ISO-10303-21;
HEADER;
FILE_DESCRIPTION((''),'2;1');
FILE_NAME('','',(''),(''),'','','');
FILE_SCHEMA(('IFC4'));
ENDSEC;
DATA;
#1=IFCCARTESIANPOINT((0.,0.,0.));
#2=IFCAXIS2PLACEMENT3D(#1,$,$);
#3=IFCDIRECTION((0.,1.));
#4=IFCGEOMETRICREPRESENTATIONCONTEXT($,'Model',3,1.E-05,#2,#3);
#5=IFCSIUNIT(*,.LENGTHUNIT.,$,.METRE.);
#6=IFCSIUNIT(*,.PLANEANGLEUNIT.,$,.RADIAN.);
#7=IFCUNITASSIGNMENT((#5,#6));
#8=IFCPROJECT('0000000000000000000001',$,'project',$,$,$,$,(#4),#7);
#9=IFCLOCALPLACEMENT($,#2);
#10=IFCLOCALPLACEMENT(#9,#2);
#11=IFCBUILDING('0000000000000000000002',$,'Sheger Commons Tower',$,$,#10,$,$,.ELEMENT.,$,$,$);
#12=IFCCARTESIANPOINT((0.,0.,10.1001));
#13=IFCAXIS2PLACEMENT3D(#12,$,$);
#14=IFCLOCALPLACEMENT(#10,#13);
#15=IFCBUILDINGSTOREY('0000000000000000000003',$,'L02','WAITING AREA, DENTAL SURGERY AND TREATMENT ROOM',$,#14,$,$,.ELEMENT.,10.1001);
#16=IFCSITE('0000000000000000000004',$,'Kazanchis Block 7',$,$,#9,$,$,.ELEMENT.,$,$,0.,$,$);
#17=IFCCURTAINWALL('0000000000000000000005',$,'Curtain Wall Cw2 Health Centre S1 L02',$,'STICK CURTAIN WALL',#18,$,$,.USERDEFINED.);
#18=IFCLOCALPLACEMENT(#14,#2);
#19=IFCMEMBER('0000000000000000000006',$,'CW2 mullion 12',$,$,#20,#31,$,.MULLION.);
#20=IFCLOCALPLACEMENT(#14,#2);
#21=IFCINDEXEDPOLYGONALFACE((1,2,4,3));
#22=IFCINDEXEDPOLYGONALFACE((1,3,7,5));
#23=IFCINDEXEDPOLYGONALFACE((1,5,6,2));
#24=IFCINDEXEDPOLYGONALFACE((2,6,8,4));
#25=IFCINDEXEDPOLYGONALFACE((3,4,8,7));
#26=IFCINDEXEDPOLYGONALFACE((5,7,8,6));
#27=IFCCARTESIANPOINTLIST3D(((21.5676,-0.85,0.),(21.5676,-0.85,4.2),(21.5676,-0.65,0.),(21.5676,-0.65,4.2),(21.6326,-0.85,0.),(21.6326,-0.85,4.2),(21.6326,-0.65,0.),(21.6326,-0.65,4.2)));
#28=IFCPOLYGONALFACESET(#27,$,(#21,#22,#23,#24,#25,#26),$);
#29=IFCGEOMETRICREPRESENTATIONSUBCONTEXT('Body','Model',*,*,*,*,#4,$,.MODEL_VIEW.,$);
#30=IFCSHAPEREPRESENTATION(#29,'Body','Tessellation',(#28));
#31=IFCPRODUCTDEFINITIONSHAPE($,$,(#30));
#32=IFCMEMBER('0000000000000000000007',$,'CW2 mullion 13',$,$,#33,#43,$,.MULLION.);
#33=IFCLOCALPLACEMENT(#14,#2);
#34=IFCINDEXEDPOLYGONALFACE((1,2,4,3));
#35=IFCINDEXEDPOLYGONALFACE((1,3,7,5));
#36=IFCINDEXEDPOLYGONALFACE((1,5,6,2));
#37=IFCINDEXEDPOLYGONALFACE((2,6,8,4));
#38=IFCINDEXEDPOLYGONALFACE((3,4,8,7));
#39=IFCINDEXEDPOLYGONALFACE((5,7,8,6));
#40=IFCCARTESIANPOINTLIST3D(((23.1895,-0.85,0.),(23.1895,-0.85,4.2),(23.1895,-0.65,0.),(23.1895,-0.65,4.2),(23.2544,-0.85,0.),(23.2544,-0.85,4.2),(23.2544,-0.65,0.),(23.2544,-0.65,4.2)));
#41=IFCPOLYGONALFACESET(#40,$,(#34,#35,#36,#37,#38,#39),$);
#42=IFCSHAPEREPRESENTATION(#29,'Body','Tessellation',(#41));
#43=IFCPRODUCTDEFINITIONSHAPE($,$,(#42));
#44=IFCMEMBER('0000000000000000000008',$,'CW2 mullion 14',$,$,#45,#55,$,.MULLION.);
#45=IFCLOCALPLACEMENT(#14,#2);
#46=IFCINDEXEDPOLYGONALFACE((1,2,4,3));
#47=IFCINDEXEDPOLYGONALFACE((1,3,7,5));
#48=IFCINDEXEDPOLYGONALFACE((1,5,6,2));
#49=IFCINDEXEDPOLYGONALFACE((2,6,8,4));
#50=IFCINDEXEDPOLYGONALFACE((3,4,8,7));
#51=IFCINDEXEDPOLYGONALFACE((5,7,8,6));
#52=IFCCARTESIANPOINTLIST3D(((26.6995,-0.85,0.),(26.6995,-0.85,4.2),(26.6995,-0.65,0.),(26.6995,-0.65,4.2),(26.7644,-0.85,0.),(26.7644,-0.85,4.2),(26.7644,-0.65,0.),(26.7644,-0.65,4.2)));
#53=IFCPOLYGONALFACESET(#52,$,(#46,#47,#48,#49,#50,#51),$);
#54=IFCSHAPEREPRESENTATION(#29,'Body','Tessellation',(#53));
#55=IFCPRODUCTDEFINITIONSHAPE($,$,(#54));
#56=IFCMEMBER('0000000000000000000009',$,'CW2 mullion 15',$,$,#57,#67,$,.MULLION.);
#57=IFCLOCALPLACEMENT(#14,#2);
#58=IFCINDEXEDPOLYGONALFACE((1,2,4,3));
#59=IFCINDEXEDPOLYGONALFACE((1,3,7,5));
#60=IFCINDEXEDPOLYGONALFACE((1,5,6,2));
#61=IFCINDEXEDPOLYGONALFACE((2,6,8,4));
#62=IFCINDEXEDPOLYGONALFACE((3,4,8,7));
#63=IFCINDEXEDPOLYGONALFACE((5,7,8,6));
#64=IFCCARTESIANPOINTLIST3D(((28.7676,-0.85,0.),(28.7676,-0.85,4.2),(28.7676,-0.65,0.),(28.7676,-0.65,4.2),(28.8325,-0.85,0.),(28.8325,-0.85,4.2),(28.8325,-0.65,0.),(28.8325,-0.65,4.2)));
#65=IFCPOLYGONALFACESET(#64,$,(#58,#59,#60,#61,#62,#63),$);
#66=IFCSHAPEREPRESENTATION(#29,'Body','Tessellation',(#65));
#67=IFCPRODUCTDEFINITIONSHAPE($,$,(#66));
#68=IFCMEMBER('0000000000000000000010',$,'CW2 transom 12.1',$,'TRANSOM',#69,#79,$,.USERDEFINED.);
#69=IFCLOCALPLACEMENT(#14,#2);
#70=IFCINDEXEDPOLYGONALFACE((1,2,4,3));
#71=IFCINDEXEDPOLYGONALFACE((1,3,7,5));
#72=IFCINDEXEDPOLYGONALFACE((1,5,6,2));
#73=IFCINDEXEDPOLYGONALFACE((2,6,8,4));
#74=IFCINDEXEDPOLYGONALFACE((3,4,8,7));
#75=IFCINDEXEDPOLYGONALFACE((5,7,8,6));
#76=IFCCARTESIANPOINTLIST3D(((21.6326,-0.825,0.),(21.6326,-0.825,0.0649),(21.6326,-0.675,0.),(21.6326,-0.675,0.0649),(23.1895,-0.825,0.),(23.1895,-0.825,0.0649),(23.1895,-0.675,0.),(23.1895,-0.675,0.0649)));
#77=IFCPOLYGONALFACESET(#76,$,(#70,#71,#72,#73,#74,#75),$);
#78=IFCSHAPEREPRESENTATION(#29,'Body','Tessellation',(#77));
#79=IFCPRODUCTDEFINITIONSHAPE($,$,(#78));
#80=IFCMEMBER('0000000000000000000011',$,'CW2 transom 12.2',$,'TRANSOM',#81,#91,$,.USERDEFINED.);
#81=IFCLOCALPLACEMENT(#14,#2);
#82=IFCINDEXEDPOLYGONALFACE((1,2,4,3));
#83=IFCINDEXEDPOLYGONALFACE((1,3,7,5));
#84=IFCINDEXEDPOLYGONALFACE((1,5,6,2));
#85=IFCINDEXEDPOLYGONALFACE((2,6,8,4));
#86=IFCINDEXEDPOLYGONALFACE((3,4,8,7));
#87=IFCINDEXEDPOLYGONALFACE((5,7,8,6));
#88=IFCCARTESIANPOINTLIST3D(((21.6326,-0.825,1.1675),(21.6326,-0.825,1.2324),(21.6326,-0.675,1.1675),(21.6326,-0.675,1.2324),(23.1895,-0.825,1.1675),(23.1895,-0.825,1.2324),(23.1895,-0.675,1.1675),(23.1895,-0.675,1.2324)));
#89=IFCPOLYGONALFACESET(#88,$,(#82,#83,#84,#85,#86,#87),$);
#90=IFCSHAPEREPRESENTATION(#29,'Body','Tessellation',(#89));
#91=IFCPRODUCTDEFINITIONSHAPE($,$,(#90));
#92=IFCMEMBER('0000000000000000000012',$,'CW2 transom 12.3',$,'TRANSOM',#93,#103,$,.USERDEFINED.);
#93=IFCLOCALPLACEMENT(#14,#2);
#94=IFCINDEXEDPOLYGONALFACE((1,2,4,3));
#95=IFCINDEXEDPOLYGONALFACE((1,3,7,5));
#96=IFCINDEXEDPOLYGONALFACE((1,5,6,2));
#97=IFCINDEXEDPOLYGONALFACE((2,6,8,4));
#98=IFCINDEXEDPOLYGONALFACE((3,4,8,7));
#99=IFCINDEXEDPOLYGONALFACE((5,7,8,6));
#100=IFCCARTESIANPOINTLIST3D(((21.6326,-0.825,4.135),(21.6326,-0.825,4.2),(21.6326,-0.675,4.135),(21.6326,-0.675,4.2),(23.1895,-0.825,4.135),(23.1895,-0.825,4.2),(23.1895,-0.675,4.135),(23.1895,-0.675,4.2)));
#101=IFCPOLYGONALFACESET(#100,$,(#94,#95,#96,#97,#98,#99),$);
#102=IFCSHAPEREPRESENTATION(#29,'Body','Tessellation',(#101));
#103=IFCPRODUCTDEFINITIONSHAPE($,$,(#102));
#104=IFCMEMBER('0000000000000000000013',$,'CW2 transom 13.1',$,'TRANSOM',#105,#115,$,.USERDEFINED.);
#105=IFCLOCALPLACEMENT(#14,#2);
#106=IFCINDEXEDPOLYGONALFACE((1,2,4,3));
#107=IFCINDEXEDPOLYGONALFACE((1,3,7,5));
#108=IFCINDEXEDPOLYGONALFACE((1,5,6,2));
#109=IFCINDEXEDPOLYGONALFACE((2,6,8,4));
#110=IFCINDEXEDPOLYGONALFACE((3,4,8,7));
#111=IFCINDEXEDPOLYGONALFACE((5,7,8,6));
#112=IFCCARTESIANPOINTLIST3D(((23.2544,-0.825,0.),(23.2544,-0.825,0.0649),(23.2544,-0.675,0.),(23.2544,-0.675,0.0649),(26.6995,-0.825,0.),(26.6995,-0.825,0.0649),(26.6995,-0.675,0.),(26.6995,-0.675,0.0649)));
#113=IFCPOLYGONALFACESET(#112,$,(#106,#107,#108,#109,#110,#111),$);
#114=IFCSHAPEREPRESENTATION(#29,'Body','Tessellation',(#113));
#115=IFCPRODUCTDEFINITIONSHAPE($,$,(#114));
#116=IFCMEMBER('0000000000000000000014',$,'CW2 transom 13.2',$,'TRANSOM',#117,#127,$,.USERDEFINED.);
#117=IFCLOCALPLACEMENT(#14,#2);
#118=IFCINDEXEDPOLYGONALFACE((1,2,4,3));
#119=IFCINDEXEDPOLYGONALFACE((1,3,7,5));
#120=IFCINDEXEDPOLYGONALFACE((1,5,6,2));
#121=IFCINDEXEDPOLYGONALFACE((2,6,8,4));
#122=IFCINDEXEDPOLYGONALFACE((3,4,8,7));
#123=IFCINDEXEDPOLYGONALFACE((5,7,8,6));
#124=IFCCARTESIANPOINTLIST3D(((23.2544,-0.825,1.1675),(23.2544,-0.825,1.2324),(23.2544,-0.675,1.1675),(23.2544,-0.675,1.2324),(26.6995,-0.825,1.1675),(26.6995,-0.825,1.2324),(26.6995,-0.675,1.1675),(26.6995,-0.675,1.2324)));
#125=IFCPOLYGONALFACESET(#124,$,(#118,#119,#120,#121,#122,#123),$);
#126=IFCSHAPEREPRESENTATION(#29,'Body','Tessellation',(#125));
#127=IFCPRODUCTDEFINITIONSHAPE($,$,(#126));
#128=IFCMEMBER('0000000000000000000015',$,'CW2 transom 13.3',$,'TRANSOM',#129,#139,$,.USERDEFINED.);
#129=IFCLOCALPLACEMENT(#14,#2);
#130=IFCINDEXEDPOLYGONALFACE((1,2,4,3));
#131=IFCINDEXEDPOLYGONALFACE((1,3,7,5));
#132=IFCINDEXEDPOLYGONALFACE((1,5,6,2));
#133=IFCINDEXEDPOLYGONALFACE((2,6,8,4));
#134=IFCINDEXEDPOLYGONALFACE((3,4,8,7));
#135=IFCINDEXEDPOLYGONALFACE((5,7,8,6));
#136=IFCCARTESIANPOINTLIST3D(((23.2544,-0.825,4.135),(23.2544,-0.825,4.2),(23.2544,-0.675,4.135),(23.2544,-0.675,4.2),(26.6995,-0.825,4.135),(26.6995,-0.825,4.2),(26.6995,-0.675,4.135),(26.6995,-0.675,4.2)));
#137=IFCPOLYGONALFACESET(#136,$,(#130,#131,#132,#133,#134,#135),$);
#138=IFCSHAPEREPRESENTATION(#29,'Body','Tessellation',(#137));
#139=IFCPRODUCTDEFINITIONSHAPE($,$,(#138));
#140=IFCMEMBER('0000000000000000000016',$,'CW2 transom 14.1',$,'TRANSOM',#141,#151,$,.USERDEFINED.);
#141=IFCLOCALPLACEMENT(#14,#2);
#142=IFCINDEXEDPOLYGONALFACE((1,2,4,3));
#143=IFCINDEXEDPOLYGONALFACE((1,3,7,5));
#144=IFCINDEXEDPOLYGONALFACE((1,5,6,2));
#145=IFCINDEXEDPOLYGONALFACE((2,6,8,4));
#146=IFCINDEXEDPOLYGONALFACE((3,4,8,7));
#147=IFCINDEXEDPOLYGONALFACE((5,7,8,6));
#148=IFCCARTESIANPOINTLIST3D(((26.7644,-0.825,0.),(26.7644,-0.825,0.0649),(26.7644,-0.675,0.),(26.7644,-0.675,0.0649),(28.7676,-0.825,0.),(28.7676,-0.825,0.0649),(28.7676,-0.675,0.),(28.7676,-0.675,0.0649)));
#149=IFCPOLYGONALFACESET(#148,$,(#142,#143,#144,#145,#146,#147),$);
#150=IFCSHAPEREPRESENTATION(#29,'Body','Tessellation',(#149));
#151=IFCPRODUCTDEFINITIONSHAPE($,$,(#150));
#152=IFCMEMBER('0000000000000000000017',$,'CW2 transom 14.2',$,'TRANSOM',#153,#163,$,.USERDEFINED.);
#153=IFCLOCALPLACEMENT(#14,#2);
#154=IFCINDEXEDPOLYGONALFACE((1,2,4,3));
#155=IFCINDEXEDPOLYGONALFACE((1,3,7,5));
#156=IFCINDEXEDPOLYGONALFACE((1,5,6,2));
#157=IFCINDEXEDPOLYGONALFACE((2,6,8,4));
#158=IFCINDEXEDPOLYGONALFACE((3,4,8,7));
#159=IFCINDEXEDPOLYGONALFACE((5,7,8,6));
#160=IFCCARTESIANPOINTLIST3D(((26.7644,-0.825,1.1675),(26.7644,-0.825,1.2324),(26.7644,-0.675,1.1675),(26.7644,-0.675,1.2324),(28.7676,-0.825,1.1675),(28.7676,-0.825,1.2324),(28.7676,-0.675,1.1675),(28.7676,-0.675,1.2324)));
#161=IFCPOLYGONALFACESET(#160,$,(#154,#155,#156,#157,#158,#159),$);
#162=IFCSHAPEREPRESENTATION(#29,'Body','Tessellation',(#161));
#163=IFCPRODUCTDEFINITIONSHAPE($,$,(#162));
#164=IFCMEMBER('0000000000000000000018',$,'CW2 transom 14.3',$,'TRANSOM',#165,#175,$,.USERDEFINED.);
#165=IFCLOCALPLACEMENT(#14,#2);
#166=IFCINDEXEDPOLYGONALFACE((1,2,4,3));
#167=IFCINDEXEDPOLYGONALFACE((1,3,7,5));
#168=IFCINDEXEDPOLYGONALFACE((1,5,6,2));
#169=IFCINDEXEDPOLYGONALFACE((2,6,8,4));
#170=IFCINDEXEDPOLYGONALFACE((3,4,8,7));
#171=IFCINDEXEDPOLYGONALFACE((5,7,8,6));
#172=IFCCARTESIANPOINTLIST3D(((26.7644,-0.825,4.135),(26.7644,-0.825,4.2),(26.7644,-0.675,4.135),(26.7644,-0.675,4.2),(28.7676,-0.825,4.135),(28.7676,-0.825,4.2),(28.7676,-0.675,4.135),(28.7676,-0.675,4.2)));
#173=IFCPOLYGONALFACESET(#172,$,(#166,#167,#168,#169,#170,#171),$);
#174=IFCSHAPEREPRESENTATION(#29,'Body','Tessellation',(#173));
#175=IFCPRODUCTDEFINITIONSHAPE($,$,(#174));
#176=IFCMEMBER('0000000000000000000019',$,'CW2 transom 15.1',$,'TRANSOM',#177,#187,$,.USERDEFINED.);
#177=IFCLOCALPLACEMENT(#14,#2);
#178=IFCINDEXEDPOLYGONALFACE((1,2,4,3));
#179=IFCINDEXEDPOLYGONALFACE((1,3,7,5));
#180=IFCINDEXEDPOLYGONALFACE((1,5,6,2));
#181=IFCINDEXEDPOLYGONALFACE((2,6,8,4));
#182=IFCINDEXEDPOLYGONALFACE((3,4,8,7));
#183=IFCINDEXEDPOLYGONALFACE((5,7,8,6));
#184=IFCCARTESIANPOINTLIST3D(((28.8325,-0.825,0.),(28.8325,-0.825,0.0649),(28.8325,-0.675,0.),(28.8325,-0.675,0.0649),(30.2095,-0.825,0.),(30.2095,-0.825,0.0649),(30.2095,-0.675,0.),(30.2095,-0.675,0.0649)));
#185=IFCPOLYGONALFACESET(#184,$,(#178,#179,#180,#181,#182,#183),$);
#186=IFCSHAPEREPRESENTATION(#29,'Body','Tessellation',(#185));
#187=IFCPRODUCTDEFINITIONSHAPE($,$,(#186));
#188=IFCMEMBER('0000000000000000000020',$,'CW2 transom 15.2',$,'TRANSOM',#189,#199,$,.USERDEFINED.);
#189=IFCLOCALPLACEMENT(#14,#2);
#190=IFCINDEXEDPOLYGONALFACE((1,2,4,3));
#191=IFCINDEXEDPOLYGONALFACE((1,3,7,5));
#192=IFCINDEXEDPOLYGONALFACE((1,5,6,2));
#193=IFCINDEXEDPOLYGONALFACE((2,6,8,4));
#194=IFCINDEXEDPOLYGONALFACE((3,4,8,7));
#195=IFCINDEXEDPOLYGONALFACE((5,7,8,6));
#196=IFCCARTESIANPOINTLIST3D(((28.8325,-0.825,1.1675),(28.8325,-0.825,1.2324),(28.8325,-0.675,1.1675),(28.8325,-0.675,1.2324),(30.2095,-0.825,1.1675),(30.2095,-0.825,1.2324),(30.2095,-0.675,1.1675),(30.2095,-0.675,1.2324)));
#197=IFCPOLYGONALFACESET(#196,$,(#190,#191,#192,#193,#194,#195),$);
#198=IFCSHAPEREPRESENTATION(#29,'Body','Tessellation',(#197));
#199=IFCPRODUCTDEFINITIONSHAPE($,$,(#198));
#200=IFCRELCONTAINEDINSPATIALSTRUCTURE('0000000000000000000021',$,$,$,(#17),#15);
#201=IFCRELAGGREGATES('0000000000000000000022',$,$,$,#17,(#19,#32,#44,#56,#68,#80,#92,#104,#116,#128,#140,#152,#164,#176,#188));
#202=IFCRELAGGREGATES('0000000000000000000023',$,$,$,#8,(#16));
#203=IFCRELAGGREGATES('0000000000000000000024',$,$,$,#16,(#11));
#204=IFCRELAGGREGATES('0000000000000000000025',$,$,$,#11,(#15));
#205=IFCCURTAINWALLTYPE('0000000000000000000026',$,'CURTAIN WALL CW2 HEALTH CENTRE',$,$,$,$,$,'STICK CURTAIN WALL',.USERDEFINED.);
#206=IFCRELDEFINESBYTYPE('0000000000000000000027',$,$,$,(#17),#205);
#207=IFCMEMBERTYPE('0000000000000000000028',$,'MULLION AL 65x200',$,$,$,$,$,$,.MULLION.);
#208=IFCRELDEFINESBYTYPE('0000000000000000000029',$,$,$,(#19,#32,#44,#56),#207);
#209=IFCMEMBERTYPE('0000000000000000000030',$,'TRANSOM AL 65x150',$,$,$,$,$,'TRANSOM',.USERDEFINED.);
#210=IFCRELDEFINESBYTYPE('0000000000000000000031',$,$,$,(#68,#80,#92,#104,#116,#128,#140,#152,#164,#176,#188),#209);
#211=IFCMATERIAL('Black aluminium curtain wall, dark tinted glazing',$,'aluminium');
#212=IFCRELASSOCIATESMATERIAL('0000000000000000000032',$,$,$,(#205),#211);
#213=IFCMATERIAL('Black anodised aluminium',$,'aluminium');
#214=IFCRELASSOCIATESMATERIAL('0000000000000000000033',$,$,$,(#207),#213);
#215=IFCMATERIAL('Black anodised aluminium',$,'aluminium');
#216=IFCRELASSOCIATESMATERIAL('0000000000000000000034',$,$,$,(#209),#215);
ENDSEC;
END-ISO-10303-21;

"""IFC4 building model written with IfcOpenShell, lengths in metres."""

from ifc_helpers import new_model, si_unit, direction, frame, origin, origin_2d, place, context, subcontext, project, spatial, rectangle, extrude, material, material_profile, profile_set, type_object, element, aggregate, save


model = new_model("IFC4")

# Units and contexts
model_context = context("Model", 3, precision=1e-05, world=origin(), true_north=direction((0.0, 1.0)))
body_context = subcontext(model_context, "Body", "Model", "MODEL_VIEW")
ifc_project = project(units=[si_unit("LENGTHUNIT", "METRE"), si_unit("PLANEANGLEUNIT", "RADIAN")], contexts=[model_context])

# Site, building, storey
site_placement = place(None, origin())
site = spatial("IfcSite", under=ifc_project, at=site_placement, Name="Kazanchis Block 7", CompositionType="ELEMENT", RefElevation=0.0)
building_placement = place(site_placement, origin())
building = spatial("IfcBuilding", under=site, at=building_placement, Name="Sheger Commons Tower", CompositionType="ELEMENT")
storey_placement = place(building_placement, frame((0.0, 0.0, 10.1001)))
storey = spatial("IfcBuildingStorey", under=building, at=storey_placement, Name="L02", Description="WAITING AREA, DENTAL SURGERY AND TREATMENT ROOM", CompositionType="ELEMENT", Elevation=10.1001)

# Curtain wall, members
ifc_material_1 = material(Name="Black aluminium curtain wall, dark tinted glazing", Category="aluminium")
curtain_wall_type = type_object("IfcCurtainWallType", Name="CURTAIN WALL CW2 HEALTH CENTRE", ElementType="STICK CURTAIN WALL", PredefinedType="USERDEFINED", material=ifc_material_1)
curtain_wall_placement = place(storey_placement, origin())
curtain_wall = element("IfcCurtainWall", 1, at=curtain_wall_placement, inside=storey, type_object=curtain_wall_type, Name="Curtain Wall Cw2 Health Centre S1 L02", ObjectType="STICK CURTAIN WALL", PredefinedType="USERDEFINED")
ifc_material_2 = material(Name="Black anodised aluminium", Category="aluminium")
ifc_material_profile_1 = material_profile(ifc_material_2, rectangle(XDim=0.2, YDim=0.0649, at=origin_2d()), Name="AL 65x200")
ifc_profile_set_1 = profile_set([ifc_material_profile_1], Name="Black anodised aluminium")
member_type_1 = type_object("IfcMemberType", Name="MULLION AL 65x200", PredefinedType="MULLION", material=ifc_profile_set_1)
member_1_placement = place(storey_placement, frame((21.6001, -0.75, 0.0), z_axis=(0.0, 0.0, 1.0), x_axis=(0.0, 1.0, 0.0)))
member_1 = element("IfcMember", 2, at=member_1_placement, type_object=member_type_1, Name="CW2 mullion 12", PredefinedType="MULLION", context=body_context, shape_type="SweptSolid", body=[
    extrude(rectangle(XDim=0.2, YDim=0.0649, at=origin_2d()), origin(), (0.0, 0.0, 1.0), 4.2),
])
member_2_placement = place(storey_placement, frame((23.2219, -0.75, 0.0), z_axis=(0.0, 0.0, 1.0), x_axis=(0.0, 1.0, 0.0)))
member_2 = element("IfcMember", 3, at=member_2_placement, type_object=member_type_1, Name="CW2 mullion 13", PredefinedType="MULLION", context=body_context, shape_type="SweptSolid", body=[
    extrude(rectangle(XDim=0.2, YDim=0.0649, at=origin_2d()), origin(), (0.0, 0.0, 1.0), 4.2),
])
member_3_placement = place(storey_placement, frame((26.7319, -0.75, 0.0), z_axis=(0.0, 0.0, 1.0), x_axis=(0.0, 1.0, 0.0)))
member_3 = element("IfcMember", 4, at=member_3_placement, type_object=member_type_1, Name="CW2 mullion 14", PredefinedType="MULLION", context=body_context, shape_type="SweptSolid", body=[
    extrude(rectangle(XDim=0.2, YDim=0.0649, at=origin_2d()), origin(), (0.0, 0.0, 1.0), 4.2),
])
member_4_placement = place(storey_placement, frame((28.8, -0.75, 0.0), z_axis=(0.0, 0.0, 1.0), x_axis=(0.0, 1.0, 0.0)))
member_4 = element("IfcMember", 5, at=member_4_placement, type_object=member_type_1, Name="CW2 mullion 15", PredefinedType="MULLION", context=body_context, shape_type="SweptSolid", body=[
    extrude(rectangle(XDim=0.2, YDim=0.0649, at=origin_2d()), origin(), (0.0, 0.0, 1.0), 4.2),
])
ifc_material_3 = material(Name="Black anodised aluminium", Category="aluminium")
ifc_material_profile_2 = material_profile(ifc_material_3, rectangle(XDim=0.1499, YDim=0.0649, at=origin_2d()), Name="AL 65x150")
ifc_profile_set_2 = profile_set([ifc_material_profile_2], Name="Black anodised aluminium")
member_type_2 = type_object("IfcMemberType", Name="TRANSOM AL 65x150", ElementType="TRANSOM", PredefinedType="USERDEFINED", material=ifc_profile_set_2)
member_5_placement = place(storey_placement, frame((21.6326, -0.75, 0.0325), z_axis=(1.0, 0.0, 0.0), x_axis=(0.0, 1.0, 0.0)))
member_5 = element("IfcMember", 6, at=member_5_placement, type_object=member_type_2, Name="CW2 transom 12.1", ObjectType="TRANSOM", PredefinedType="USERDEFINED", context=body_context, shape_type="SweptSolid", body=[
    extrude(rectangle(XDim=0.1499, YDim=0.0649, at=origin_2d()), origin(), (0.0, 0.0, 1.0), 1.5569),
])
member_6_placement = place(storey_placement, frame((21.6326, -0.75, 1.2), z_axis=(1.0, 0.0, 0.0), x_axis=(0.0, 1.0, 0.0)))
member_6 = element("IfcMember", 7, at=member_6_placement, type_object=member_type_2, Name="CW2 transom 12.2", ObjectType="TRANSOM", PredefinedType="USERDEFINED", context=body_context, shape_type="SweptSolid", body=[
    extrude(rectangle(XDim=0.1499, YDim=0.0649, at=origin_2d()), origin(), (0.0, 0.0, 1.0), 1.5569),
])
member_7_placement = place(storey_placement, frame((21.6326, -0.75, 4.1675), z_axis=(1.0, 0.0, 0.0), x_axis=(0.0, 1.0, 0.0)))
member_7 = element("IfcMember", 8, at=member_7_placement, type_object=member_type_2, Name="CW2 transom 12.3", ObjectType="TRANSOM", PredefinedType="USERDEFINED", context=body_context, shape_type="SweptSolid", body=[
    extrude(rectangle(XDim=0.1499, YDim=0.0649, at=origin_2d()), origin(), (0.0, 0.0, 1.0), 1.5569),
])
member_8_placement = place(storey_placement, frame((23.2544, -0.75, 0.0325), z_axis=(1.0, 0.0, 0.0), x_axis=(0.0, 1.0, 0.0)))
member_8 = element("IfcMember", 9, at=member_8_placement, type_object=member_type_2, Name="CW2 transom 13.1", ObjectType="TRANSOM", PredefinedType="USERDEFINED", context=body_context, shape_type="SweptSolid", body=[
    extrude(rectangle(XDim=0.1499, YDim=0.0649, at=origin_2d()), origin(), (0.0, 0.0, 1.0), 3.4451),
])
member_9_placement = place(storey_placement, frame((23.2544, -0.75, 1.2), z_axis=(1.0, 0.0, 0.0), x_axis=(0.0, 1.0, 0.0)))
member_9 = element("IfcMember", 10, at=member_9_placement, type_object=member_type_2, Name="CW2 transom 13.2", ObjectType="TRANSOM", PredefinedType="USERDEFINED", context=body_context, shape_type="SweptSolid", body=[
    extrude(rectangle(XDim=0.1499, YDim=0.0649, at=origin_2d()), origin(), (0.0, 0.0, 1.0), 3.4451),
])
member_10_placement = place(storey_placement, frame((23.2544, -0.75, 4.1675), z_axis=(1.0, 0.0, 0.0), x_axis=(0.0, 1.0, 0.0)))
member_10 = element("IfcMember", 11, at=member_10_placement, type_object=member_type_2, Name="CW2 transom 13.3", ObjectType="TRANSOM", PredefinedType="USERDEFINED", context=body_context, shape_type="SweptSolid", body=[
    extrude(rectangle(XDim=0.1499, YDim=0.0649, at=origin_2d()), origin(), (0.0, 0.0, 1.0), 3.4451),
])
member_11_placement = place(storey_placement, frame((26.7644, -0.75, 0.0325), z_axis=(1.0, 0.0, 0.0), x_axis=(0.0, 1.0, 0.0)))
member_11 = element("IfcMember", 12, at=member_11_placement, type_object=member_type_2, Name="CW2 transom 14.1", ObjectType="TRANSOM", PredefinedType="USERDEFINED", context=body_context, shape_type="SweptSolid", body=[
    extrude(rectangle(XDim=0.1499, YDim=0.0649, at=origin_2d()), origin(), (0.0, 0.0, 1.0), 2.0032),
])
member_12_placement = place(storey_placement, frame((26.7644, -0.75, 1.2), z_axis=(1.0, 0.0, 0.0), x_axis=(0.0, 1.0, 0.0)))
member_12 = element("IfcMember", 13, at=member_12_placement, type_object=member_type_2, Name="CW2 transom 14.2", ObjectType="TRANSOM", PredefinedType="USERDEFINED", context=body_context, shape_type="SweptSolid", body=[
    extrude(rectangle(XDim=0.1499, YDim=0.0649, at=origin_2d()), origin(), (0.0, 0.0, 1.0), 2.0032),
])
member_13_placement = place(storey_placement, frame((26.7644, -0.75, 4.1675), z_axis=(1.0, 0.0, 0.0), x_axis=(0.0, 1.0, 0.0)))
member_13 = element("IfcMember", 14, at=member_13_placement, type_object=member_type_2, Name="CW2 transom 14.3", ObjectType="TRANSOM", PredefinedType="USERDEFINED", context=body_context, shape_type="SweptSolid", body=[
    extrude(rectangle(XDim=0.1499, YDim=0.0649, at=origin_2d()), origin(), (0.0, 0.0, 1.0), 2.0032),
])
member_14_placement = place(storey_placement, frame((28.8325, -0.75, 0.0325), z_axis=(1.0, 0.0, 0.0), x_axis=(0.0, 1.0, 0.0)))
member_14 = element("IfcMember", 15, at=member_14_placement, type_object=member_type_2, Name="CW2 transom 15.1", ObjectType="TRANSOM", PredefinedType="USERDEFINED", context=body_context, shape_type="SweptSolid", body=[
    extrude(rectangle(XDim=0.1499, YDim=0.0649, at=origin_2d()), origin(), (0.0, 0.0, 1.0), 1.377),
])
member_15_placement = place(storey_placement, frame((28.8325, -0.75, 1.2), z_axis=(1.0, 0.0, 0.0), x_axis=(0.0, 1.0, 0.0)))
member_15 = element("IfcMember", 16, at=member_15_placement, type_object=member_type_2, Name="CW2 transom 15.2", ObjectType="TRANSOM", PredefinedType="USERDEFINED", context=body_context, shape_type="SweptSolid", body=[
    extrude(rectangle(XDim=0.1499, YDim=0.0649, at=origin_2d()), origin(), (0.0, 0.0, 1.0), 1.377),
])
aggregate(curtain_wall, [member_1, member_2, member_3, member_4, member_5, member_6, member_7, member_8, member_9, member_10, member_11, member_12, member_13, member_14, member_15])

save(model, "model.ifc")
